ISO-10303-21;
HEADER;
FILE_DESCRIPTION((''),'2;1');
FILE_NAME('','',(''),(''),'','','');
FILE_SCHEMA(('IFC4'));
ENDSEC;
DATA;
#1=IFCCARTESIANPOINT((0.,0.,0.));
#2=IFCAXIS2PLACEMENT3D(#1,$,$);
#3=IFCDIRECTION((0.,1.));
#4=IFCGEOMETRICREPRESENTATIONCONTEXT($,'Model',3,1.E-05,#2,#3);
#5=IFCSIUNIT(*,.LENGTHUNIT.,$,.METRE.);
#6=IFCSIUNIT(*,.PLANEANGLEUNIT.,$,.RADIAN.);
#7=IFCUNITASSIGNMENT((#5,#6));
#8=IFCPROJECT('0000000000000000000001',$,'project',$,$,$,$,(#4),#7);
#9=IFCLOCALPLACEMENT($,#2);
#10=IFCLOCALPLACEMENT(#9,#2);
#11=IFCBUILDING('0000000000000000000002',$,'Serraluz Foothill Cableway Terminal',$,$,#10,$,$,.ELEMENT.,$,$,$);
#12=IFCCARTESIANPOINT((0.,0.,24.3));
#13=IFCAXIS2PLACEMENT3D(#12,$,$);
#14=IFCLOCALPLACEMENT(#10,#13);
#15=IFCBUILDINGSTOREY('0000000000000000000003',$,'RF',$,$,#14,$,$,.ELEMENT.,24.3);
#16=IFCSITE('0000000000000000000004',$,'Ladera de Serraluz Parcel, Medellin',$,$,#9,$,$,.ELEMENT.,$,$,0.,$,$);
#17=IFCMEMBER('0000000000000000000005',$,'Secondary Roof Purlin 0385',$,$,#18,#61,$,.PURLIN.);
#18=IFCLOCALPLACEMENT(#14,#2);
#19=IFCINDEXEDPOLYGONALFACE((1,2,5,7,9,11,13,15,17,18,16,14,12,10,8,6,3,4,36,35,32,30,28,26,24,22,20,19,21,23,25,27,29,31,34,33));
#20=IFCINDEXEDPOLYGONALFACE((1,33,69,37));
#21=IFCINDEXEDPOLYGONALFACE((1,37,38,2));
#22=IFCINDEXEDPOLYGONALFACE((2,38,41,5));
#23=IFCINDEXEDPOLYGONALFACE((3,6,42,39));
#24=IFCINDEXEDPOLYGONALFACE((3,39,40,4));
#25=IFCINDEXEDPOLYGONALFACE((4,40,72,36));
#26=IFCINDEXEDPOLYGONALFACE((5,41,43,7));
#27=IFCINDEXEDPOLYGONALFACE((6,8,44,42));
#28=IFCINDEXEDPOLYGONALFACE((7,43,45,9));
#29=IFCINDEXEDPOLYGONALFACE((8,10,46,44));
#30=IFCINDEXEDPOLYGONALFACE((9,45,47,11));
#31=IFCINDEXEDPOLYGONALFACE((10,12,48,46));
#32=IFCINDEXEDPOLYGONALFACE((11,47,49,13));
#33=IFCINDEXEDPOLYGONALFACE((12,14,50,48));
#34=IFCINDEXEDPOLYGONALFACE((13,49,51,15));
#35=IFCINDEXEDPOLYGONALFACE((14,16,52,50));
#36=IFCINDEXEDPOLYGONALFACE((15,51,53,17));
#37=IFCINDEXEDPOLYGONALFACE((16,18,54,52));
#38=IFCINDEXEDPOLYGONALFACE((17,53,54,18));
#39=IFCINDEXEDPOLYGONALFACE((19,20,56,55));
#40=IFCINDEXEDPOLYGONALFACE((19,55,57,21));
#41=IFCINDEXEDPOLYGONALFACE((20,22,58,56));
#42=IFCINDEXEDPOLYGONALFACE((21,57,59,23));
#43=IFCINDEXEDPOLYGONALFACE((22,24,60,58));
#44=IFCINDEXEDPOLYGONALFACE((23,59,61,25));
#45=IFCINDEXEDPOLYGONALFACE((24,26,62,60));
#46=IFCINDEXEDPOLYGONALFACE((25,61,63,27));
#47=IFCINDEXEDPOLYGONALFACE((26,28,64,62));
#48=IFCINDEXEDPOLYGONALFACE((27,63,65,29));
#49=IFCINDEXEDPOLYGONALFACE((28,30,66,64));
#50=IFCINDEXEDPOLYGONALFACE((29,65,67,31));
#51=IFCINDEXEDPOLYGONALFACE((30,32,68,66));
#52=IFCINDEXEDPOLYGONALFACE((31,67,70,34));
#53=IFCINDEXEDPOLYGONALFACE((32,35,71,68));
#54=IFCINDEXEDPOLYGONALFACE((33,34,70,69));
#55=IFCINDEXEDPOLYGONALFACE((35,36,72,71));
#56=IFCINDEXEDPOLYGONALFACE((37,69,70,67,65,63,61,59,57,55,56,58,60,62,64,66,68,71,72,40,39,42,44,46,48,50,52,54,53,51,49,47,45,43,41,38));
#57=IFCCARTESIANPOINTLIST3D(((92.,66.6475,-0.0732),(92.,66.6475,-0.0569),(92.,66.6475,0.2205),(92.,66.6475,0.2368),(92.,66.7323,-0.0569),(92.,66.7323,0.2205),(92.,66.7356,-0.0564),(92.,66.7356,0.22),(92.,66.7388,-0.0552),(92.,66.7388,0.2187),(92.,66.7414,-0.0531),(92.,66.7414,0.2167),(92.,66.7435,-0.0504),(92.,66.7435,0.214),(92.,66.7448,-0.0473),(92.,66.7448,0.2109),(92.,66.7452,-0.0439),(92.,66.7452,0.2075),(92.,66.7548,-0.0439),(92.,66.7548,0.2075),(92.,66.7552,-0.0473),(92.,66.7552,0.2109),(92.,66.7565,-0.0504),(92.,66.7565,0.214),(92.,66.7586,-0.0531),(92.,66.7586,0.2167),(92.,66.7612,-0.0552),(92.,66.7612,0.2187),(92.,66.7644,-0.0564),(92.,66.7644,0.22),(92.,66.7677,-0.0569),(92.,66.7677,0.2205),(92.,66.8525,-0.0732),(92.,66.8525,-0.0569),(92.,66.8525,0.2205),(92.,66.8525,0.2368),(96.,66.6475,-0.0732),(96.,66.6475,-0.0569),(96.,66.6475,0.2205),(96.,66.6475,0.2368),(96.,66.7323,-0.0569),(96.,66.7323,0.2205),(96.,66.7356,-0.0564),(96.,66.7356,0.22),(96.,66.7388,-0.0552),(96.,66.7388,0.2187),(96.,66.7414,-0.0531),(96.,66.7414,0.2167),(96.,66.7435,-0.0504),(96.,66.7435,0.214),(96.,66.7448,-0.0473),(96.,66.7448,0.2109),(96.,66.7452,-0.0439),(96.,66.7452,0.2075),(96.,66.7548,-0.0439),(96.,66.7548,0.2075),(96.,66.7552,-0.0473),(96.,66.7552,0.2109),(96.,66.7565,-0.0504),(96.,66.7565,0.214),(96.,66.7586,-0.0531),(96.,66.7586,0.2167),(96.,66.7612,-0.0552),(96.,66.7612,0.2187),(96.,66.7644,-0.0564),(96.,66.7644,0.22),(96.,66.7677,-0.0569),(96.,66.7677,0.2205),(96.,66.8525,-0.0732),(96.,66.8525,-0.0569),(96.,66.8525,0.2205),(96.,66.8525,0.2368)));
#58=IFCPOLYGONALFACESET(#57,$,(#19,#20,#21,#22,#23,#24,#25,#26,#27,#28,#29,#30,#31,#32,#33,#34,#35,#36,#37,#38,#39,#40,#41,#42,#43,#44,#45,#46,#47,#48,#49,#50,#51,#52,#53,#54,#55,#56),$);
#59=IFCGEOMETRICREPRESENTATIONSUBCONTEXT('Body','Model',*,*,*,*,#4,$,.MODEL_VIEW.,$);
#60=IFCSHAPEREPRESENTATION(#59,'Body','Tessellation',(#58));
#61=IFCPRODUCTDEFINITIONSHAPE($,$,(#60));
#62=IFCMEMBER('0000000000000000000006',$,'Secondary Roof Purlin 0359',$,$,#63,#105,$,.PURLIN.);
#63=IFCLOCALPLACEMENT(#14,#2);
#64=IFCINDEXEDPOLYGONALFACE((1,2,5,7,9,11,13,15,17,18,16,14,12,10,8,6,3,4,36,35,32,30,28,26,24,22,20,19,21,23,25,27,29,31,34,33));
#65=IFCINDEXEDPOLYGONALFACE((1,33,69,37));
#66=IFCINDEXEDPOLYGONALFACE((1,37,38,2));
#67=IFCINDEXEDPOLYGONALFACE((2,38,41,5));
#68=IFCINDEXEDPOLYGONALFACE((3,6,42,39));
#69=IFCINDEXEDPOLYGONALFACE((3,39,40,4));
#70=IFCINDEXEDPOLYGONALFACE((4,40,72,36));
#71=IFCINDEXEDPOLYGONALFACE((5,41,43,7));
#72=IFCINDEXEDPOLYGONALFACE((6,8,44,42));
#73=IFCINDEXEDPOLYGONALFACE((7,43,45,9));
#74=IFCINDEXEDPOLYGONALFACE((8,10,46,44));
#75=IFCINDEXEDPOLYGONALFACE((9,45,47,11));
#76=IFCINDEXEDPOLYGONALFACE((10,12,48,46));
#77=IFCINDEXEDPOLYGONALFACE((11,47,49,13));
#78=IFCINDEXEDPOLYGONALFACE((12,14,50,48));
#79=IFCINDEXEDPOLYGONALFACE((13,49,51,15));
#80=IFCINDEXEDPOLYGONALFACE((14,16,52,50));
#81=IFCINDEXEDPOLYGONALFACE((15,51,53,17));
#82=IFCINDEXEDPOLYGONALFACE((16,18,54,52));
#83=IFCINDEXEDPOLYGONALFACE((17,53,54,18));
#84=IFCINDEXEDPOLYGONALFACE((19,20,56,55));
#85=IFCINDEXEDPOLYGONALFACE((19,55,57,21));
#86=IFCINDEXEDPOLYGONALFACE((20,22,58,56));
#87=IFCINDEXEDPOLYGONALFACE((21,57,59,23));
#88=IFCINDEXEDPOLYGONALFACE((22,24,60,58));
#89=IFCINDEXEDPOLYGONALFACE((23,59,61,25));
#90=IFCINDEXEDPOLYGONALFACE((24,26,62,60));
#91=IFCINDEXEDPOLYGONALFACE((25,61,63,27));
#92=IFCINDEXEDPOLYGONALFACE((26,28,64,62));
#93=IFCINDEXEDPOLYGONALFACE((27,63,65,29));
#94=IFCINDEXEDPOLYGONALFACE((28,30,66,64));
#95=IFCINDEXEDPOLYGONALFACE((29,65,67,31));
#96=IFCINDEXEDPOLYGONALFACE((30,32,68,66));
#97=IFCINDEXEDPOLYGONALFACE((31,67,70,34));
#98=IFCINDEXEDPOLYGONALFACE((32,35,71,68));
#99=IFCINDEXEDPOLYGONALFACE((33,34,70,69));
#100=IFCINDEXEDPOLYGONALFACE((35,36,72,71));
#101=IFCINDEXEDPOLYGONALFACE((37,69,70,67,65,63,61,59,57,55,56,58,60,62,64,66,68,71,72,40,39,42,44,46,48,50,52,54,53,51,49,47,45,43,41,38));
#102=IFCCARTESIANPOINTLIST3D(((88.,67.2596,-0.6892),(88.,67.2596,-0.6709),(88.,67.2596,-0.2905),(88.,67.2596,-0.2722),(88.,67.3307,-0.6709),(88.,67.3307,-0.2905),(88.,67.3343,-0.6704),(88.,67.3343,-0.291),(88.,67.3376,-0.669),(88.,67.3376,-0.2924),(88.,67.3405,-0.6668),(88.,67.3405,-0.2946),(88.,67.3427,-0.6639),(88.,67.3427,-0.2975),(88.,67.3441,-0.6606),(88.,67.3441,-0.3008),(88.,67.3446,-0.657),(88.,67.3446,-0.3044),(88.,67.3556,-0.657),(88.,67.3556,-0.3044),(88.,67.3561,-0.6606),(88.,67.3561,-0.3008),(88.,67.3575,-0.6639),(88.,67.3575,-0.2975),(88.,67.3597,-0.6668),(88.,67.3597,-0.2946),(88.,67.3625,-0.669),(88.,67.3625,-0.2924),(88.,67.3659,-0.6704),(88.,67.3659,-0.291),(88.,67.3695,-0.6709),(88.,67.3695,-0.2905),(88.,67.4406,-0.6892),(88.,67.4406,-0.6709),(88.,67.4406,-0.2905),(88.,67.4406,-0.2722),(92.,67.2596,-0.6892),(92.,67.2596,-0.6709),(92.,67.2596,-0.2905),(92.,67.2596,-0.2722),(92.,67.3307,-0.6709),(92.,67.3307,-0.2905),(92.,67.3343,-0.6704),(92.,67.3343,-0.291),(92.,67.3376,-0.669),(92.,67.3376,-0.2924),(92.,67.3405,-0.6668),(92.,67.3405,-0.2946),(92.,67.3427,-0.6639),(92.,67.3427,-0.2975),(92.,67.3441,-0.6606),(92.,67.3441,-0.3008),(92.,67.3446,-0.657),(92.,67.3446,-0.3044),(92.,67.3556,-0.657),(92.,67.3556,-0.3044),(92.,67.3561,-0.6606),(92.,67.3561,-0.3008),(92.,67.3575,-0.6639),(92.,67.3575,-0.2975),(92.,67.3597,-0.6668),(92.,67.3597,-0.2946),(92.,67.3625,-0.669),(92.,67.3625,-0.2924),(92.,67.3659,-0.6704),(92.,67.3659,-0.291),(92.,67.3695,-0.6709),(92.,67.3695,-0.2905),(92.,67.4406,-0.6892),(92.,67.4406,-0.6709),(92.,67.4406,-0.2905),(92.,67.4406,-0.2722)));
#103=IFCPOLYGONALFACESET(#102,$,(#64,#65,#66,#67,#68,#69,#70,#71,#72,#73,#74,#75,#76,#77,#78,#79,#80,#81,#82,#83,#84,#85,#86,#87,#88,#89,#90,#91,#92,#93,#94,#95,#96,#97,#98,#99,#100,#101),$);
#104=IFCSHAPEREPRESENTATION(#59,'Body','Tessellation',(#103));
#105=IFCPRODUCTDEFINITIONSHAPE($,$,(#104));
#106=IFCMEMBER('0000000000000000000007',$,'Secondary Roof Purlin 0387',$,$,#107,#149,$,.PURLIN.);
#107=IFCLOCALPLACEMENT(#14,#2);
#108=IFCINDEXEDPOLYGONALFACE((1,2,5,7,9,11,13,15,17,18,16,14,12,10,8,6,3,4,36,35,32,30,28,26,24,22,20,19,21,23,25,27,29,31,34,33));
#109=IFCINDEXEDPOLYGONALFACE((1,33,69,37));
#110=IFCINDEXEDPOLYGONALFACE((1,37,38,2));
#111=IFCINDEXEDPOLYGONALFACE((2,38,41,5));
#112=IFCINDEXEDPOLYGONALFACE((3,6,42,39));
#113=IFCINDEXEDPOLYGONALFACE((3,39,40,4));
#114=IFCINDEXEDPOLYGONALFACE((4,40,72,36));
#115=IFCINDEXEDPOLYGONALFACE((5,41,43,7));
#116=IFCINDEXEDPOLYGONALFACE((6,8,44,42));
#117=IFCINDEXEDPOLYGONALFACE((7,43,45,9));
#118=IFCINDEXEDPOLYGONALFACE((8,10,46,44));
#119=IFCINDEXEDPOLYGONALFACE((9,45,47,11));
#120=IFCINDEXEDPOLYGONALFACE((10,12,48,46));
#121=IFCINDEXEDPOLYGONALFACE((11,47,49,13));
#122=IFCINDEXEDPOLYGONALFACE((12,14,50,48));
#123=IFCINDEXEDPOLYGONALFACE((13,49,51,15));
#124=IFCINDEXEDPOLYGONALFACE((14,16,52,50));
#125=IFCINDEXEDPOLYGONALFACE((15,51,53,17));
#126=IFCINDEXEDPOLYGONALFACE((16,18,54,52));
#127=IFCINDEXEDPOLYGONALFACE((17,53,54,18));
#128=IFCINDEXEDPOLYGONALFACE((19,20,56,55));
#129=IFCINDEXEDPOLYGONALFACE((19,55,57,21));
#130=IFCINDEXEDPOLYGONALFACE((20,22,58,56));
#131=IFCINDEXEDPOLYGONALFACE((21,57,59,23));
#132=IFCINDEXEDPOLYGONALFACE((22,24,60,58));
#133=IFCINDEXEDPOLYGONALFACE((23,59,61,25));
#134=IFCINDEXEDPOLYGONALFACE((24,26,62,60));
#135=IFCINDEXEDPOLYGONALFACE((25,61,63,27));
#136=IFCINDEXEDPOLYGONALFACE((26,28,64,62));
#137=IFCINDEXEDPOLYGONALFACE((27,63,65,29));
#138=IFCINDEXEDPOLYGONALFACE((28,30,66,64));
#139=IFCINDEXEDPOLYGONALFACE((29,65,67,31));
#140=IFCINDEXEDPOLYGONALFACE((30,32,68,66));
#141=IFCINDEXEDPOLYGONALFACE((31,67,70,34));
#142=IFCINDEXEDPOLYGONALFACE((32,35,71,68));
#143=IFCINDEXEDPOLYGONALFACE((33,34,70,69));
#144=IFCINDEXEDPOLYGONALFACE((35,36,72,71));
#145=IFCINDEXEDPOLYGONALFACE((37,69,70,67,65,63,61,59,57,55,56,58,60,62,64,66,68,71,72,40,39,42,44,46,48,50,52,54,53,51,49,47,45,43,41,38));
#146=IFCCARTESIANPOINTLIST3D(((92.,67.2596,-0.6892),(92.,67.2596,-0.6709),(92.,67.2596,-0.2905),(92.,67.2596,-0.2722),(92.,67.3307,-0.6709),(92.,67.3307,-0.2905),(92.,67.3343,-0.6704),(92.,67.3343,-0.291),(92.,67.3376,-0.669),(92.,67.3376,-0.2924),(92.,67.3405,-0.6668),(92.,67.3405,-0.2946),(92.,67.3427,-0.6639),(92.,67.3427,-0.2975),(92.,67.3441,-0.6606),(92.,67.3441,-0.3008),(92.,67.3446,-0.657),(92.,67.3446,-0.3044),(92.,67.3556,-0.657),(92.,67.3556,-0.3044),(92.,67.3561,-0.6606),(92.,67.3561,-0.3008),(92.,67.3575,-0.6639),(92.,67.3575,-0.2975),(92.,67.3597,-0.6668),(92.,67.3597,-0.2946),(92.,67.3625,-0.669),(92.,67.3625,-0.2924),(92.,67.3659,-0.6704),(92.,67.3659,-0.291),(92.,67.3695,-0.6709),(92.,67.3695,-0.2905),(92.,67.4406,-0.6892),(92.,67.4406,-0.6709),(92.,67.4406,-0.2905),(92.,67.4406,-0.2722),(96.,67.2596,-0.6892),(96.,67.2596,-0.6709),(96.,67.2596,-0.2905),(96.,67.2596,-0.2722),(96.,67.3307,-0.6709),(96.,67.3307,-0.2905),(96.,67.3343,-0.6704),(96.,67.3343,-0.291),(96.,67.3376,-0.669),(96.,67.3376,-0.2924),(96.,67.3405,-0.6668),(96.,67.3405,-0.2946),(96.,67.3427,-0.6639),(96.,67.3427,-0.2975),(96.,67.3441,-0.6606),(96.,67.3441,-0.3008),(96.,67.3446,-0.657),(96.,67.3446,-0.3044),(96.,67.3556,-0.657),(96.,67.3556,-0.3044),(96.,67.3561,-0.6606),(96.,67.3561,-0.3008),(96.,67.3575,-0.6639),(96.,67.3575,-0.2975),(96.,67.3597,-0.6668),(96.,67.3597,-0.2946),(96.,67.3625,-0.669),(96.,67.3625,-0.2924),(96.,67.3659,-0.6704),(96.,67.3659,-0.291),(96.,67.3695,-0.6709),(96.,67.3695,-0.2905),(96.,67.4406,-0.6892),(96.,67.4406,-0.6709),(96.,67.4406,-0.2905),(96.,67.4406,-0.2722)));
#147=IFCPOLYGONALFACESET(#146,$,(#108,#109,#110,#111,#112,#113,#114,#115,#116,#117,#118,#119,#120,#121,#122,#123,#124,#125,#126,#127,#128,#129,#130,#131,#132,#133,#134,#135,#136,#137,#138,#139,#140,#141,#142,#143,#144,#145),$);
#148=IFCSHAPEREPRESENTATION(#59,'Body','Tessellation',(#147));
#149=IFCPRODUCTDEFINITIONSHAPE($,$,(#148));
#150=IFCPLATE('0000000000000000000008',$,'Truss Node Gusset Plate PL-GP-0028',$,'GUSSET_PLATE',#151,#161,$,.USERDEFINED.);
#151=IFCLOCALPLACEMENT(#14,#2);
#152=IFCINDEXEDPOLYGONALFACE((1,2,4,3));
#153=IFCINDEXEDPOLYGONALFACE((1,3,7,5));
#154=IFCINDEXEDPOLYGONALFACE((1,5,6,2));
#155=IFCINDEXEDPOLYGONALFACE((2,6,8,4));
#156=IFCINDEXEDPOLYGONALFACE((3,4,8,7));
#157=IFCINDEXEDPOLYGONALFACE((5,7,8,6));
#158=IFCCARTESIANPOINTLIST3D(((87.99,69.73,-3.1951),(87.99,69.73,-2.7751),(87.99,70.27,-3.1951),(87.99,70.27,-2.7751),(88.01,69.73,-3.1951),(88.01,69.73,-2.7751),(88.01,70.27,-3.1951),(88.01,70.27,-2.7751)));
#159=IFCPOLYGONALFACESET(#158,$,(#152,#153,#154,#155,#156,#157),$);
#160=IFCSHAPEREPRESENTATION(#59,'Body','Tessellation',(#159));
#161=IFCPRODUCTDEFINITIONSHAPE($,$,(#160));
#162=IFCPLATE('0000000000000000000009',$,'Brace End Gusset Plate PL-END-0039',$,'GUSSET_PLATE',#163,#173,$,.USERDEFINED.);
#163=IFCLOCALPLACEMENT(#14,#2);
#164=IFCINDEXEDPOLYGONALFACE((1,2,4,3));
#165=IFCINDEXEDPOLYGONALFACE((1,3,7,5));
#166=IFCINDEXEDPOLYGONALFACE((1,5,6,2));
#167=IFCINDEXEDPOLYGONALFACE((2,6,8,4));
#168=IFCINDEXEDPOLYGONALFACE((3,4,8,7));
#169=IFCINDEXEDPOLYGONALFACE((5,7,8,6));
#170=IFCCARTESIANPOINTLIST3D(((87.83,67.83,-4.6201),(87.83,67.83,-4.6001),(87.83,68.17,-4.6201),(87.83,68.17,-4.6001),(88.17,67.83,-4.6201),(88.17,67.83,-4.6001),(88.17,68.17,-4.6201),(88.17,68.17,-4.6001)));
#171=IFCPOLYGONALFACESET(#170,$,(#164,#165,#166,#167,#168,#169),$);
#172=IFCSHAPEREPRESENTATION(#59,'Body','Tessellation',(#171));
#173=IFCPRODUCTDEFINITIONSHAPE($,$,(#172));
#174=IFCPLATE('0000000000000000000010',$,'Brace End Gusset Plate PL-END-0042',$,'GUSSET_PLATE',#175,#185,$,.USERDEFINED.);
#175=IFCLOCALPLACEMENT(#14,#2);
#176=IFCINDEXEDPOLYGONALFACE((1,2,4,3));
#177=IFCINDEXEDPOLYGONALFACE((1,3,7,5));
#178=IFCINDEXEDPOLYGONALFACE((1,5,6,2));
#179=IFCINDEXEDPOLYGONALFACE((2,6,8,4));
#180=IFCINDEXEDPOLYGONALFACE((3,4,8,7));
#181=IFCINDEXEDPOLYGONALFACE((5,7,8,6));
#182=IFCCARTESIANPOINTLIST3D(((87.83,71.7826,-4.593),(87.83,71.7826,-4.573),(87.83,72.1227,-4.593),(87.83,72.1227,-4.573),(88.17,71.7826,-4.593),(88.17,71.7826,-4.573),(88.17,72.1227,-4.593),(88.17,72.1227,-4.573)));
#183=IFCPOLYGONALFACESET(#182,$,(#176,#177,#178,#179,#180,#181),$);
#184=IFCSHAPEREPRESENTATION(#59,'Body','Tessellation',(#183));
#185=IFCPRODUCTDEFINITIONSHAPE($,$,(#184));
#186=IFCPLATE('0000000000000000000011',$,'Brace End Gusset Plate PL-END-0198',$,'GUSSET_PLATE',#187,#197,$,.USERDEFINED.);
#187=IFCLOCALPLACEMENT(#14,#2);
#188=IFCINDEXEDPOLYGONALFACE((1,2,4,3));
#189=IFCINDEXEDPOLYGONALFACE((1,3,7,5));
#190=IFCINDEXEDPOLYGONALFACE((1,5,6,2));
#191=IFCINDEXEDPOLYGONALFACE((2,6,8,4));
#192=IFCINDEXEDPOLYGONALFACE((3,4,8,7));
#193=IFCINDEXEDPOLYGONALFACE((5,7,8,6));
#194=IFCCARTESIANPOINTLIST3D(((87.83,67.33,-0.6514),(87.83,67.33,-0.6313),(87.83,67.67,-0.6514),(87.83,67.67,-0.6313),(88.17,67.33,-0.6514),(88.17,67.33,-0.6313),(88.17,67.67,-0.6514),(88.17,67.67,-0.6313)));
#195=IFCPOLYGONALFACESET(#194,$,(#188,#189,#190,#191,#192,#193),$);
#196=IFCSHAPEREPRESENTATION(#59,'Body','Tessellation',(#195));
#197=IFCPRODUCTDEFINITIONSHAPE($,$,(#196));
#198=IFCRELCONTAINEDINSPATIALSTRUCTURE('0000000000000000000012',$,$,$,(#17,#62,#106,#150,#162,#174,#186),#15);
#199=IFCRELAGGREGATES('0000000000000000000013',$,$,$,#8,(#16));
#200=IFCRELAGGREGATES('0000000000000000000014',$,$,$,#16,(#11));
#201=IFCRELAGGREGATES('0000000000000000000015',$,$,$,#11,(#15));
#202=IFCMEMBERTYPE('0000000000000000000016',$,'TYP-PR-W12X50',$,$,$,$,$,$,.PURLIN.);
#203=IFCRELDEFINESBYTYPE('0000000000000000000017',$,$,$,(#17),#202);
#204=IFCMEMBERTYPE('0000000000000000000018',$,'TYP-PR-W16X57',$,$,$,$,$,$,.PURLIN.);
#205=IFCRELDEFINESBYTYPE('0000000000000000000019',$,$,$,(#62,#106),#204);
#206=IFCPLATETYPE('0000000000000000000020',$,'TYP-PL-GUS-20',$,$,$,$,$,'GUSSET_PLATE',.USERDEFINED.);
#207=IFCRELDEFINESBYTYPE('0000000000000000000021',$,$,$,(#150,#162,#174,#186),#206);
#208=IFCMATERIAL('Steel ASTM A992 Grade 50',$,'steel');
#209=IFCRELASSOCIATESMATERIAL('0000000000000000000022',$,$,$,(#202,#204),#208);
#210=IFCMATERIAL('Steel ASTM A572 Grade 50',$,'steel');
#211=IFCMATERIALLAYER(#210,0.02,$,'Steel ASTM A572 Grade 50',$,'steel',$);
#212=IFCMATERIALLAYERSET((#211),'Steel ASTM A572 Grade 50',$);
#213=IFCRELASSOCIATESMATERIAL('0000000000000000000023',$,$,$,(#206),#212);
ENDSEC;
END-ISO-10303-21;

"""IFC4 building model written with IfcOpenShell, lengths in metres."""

from ifc_helpers import new_model, si_unit, direction, frame, origin, origin_2d, place, context, subcontext, project, spatial, rectangle, i_section, extrude, material, layer, layer_set, material_profile, profile_set, type_object, element, save


model = new_model("IFC4")

# Units and contexts
model_context = context("Model", 3, precision=1e-05, world=origin(), true_north=direction((0.0, 1.0)))
body_context = subcontext(model_context, "Body", "Model", "MODEL_VIEW")
ifc_project = project(units=[si_unit("LENGTHUNIT", "METRE"), si_unit("PLANEANGLEUNIT", "RADIAN")], contexts=[model_context])

# Site, building, storey
site_placement = place(None, origin())
site = spatial("IfcSite", under=ifc_project, at=site_placement, Name="Ladera de Serraluz Parcel, Medellin", CompositionType="ELEMENT", RefElevation=0.0)
building_placement = place(site_placement, origin())
building = spatial("IfcBuilding", under=site, at=building_placement, Name="Serraluz Foothill Cableway Terminal", CompositionType="ELEMENT")
storey_placement = place(building_placement, frame((0.0, 0.0, 24.3)))
storey = spatial("IfcBuildingStorey", under=building, at=storey_placement, Name="RF", CompositionType="ELEMENT", Elevation=24.3)

# Members
ifc_material_1 = material(Name="Steel ASTM A572 Grade 50", Category="steel")
ifc_material_2 = material(Name="Steel ASTM A992 Grade 50", Category="steel")
ifc_material_profile_1 = material_profile(ifc_material_2, i_section(OverallWidth=0.2051, OverallDepth=0.3101, WebThickness=0.0095, FlangeThickness=0.0164, FilletRadius=0.0129, at=origin_2d()), Name="W12X50")
ifc_profile_set_1 = profile_set([ifc_material_profile_1], Name="Steel ASTM A992 Grade 50")
member_type_1 = type_object("IfcMemberType", Name="TYP-PR-W12X50", PredefinedType="PURLIN", material=ifc_profile_set_1)
for number, where, z_axis, x_axis, name in (
    (1, (92.0, 66.75, 0.0818), (1.0, 0.0, 0.0), (0.0, 1.0, 0.0), "Secondary Roof Purlin 0385"),
):
    element("IfcMember", number, at=place(storey_placement, frame(where, z_axis=z_axis, x_axis=x_axis)), inside=storey, type_object=member_type_1, Name=name, PredefinedType="PURLIN", context=body_context, shape_type="SweptSolid", body=[
        extrude(i_section(OverallWidth=0.2051, OverallDepth=0.3101, WebThickness=0.0095, FlangeThickness=0.0164, FilletRadius=0.0129, at=origin_2d()), origin(), (0.0, 0.0, 1.0), 4.0),
    ])
ifc_material_profile_2 = material_profile(ifc_material_2, i_section(OverallWidth=0.1809, OverallDepth=0.417, WebThickness=0.011, FlangeThickness=0.0183, FilletRadius=0.0139, at=origin_2d()), Name="W16X57")
ifc_profile_set_2 = profile_set([ifc_material_profile_2], Name="Steel ASTM A992 Grade 50")
member_type_2 = type_object("IfcMemberType", Name="TYP-PR-W16X57", PredefinedType="PURLIN", material=ifc_profile_set_2)
for number, where, z_axis, x_axis, name in (
    (2, (88.0, 67.3501, -0.4807), (1.0, 0.0, 0.0), (0.0, 1.0, 0.0), "Secondary Roof Purlin 0359"),
    (3, (92.0, 67.3501, -0.4807), (1.0, 0.0, 0.0), (0.0, 1.0, 0.0), "Secondary Roof Purlin 0387"),
):
    element("IfcMember", number, at=place(storey_placement, frame(where, z_axis=z_axis, x_axis=x_axis)), inside=storey, type_object=member_type_2, Name=name, PredefinedType="PURLIN", context=body_context, shape_type="SweptSolid", body=[
        extrude(i_section(OverallWidth=0.1809, OverallDepth=0.417, WebThickness=0.011, FlangeThickness=0.0183, FilletRadius=0.0139, at=origin_2d()), origin(), (0.0, 0.0, 1.0), 4.0),
    ])

# Plates
ifc_layer_1 = layer(ifc_material_1, 0.02, Name="Steel ASTM A572 Grade 50", Category="steel")
ifc_layer_set_1 = layer_set([ifc_layer_1], Name="Steel ASTM A572 Grade 50")
plate_type_1 = type_object("IfcPlateType", Name="TYP-PL-GUS-20", ElementType="GUSSET_PLATE", PredefinedType="USERDEFINED", material=ifc_layer_set_1)
plate_1_placement = place(storey_placement, frame((88.0, 70.0, -3.1951), z_axis=(0.0, 0.0, 1.0), x_axis=(1.0, 0.0, 0.0)))
element("IfcPlate", 4, at=plate_1_placement, inside=storey, type_object=plate_type_1, Name="Truss Node Gusset Plate PL-GP-0028", ObjectType="GUSSET_PLATE", PredefinedType="USERDEFINED", context=body_context, shape_type="SweptSolid", body=[
    extrude(rectangle(XDim=0.02, YDim=0.54, at=origin_2d()), origin(), (0.0, 0.0, 1.0), 0.4199),
])
for number, where, z_axis, x_axis, name in (
    (5, (88.0, 68.0, -4.6201), (0.0, 0.0, 1.0), (1.0, 0.0, 0.0), "Brace End Gusset Plate PL-END-0039"),
    (6, (88.0, 71.9526, -4.593), (0.0, 0.0, 1.0), (1.0, 0.0, 0.0), "Brace End Gusset Plate PL-END-0042"),
    (7, (88.0, 67.5, -0.6514), (0.0, 0.0, 1.0), (1.0, 0.0, 0.0), "Brace End Gusset Plate PL-END-0198"),
):
    element("IfcPlate", number, at=place(storey_placement, frame(where, z_axis=z_axis, x_axis=x_axis)), inside=storey, type_object=plate_type_1, Name=name, ObjectType="GUSSET_PLATE", PredefinedType="USERDEFINED", context=body_context, shape_type="SweptSolid", body=[
        extrude(rectangle(XDim=0.3401, YDim=0.3401, at=origin_2d()), origin(), (0.0, 0.0, 1.0), 0.02),
    ])

save(model, "model.ifc")
